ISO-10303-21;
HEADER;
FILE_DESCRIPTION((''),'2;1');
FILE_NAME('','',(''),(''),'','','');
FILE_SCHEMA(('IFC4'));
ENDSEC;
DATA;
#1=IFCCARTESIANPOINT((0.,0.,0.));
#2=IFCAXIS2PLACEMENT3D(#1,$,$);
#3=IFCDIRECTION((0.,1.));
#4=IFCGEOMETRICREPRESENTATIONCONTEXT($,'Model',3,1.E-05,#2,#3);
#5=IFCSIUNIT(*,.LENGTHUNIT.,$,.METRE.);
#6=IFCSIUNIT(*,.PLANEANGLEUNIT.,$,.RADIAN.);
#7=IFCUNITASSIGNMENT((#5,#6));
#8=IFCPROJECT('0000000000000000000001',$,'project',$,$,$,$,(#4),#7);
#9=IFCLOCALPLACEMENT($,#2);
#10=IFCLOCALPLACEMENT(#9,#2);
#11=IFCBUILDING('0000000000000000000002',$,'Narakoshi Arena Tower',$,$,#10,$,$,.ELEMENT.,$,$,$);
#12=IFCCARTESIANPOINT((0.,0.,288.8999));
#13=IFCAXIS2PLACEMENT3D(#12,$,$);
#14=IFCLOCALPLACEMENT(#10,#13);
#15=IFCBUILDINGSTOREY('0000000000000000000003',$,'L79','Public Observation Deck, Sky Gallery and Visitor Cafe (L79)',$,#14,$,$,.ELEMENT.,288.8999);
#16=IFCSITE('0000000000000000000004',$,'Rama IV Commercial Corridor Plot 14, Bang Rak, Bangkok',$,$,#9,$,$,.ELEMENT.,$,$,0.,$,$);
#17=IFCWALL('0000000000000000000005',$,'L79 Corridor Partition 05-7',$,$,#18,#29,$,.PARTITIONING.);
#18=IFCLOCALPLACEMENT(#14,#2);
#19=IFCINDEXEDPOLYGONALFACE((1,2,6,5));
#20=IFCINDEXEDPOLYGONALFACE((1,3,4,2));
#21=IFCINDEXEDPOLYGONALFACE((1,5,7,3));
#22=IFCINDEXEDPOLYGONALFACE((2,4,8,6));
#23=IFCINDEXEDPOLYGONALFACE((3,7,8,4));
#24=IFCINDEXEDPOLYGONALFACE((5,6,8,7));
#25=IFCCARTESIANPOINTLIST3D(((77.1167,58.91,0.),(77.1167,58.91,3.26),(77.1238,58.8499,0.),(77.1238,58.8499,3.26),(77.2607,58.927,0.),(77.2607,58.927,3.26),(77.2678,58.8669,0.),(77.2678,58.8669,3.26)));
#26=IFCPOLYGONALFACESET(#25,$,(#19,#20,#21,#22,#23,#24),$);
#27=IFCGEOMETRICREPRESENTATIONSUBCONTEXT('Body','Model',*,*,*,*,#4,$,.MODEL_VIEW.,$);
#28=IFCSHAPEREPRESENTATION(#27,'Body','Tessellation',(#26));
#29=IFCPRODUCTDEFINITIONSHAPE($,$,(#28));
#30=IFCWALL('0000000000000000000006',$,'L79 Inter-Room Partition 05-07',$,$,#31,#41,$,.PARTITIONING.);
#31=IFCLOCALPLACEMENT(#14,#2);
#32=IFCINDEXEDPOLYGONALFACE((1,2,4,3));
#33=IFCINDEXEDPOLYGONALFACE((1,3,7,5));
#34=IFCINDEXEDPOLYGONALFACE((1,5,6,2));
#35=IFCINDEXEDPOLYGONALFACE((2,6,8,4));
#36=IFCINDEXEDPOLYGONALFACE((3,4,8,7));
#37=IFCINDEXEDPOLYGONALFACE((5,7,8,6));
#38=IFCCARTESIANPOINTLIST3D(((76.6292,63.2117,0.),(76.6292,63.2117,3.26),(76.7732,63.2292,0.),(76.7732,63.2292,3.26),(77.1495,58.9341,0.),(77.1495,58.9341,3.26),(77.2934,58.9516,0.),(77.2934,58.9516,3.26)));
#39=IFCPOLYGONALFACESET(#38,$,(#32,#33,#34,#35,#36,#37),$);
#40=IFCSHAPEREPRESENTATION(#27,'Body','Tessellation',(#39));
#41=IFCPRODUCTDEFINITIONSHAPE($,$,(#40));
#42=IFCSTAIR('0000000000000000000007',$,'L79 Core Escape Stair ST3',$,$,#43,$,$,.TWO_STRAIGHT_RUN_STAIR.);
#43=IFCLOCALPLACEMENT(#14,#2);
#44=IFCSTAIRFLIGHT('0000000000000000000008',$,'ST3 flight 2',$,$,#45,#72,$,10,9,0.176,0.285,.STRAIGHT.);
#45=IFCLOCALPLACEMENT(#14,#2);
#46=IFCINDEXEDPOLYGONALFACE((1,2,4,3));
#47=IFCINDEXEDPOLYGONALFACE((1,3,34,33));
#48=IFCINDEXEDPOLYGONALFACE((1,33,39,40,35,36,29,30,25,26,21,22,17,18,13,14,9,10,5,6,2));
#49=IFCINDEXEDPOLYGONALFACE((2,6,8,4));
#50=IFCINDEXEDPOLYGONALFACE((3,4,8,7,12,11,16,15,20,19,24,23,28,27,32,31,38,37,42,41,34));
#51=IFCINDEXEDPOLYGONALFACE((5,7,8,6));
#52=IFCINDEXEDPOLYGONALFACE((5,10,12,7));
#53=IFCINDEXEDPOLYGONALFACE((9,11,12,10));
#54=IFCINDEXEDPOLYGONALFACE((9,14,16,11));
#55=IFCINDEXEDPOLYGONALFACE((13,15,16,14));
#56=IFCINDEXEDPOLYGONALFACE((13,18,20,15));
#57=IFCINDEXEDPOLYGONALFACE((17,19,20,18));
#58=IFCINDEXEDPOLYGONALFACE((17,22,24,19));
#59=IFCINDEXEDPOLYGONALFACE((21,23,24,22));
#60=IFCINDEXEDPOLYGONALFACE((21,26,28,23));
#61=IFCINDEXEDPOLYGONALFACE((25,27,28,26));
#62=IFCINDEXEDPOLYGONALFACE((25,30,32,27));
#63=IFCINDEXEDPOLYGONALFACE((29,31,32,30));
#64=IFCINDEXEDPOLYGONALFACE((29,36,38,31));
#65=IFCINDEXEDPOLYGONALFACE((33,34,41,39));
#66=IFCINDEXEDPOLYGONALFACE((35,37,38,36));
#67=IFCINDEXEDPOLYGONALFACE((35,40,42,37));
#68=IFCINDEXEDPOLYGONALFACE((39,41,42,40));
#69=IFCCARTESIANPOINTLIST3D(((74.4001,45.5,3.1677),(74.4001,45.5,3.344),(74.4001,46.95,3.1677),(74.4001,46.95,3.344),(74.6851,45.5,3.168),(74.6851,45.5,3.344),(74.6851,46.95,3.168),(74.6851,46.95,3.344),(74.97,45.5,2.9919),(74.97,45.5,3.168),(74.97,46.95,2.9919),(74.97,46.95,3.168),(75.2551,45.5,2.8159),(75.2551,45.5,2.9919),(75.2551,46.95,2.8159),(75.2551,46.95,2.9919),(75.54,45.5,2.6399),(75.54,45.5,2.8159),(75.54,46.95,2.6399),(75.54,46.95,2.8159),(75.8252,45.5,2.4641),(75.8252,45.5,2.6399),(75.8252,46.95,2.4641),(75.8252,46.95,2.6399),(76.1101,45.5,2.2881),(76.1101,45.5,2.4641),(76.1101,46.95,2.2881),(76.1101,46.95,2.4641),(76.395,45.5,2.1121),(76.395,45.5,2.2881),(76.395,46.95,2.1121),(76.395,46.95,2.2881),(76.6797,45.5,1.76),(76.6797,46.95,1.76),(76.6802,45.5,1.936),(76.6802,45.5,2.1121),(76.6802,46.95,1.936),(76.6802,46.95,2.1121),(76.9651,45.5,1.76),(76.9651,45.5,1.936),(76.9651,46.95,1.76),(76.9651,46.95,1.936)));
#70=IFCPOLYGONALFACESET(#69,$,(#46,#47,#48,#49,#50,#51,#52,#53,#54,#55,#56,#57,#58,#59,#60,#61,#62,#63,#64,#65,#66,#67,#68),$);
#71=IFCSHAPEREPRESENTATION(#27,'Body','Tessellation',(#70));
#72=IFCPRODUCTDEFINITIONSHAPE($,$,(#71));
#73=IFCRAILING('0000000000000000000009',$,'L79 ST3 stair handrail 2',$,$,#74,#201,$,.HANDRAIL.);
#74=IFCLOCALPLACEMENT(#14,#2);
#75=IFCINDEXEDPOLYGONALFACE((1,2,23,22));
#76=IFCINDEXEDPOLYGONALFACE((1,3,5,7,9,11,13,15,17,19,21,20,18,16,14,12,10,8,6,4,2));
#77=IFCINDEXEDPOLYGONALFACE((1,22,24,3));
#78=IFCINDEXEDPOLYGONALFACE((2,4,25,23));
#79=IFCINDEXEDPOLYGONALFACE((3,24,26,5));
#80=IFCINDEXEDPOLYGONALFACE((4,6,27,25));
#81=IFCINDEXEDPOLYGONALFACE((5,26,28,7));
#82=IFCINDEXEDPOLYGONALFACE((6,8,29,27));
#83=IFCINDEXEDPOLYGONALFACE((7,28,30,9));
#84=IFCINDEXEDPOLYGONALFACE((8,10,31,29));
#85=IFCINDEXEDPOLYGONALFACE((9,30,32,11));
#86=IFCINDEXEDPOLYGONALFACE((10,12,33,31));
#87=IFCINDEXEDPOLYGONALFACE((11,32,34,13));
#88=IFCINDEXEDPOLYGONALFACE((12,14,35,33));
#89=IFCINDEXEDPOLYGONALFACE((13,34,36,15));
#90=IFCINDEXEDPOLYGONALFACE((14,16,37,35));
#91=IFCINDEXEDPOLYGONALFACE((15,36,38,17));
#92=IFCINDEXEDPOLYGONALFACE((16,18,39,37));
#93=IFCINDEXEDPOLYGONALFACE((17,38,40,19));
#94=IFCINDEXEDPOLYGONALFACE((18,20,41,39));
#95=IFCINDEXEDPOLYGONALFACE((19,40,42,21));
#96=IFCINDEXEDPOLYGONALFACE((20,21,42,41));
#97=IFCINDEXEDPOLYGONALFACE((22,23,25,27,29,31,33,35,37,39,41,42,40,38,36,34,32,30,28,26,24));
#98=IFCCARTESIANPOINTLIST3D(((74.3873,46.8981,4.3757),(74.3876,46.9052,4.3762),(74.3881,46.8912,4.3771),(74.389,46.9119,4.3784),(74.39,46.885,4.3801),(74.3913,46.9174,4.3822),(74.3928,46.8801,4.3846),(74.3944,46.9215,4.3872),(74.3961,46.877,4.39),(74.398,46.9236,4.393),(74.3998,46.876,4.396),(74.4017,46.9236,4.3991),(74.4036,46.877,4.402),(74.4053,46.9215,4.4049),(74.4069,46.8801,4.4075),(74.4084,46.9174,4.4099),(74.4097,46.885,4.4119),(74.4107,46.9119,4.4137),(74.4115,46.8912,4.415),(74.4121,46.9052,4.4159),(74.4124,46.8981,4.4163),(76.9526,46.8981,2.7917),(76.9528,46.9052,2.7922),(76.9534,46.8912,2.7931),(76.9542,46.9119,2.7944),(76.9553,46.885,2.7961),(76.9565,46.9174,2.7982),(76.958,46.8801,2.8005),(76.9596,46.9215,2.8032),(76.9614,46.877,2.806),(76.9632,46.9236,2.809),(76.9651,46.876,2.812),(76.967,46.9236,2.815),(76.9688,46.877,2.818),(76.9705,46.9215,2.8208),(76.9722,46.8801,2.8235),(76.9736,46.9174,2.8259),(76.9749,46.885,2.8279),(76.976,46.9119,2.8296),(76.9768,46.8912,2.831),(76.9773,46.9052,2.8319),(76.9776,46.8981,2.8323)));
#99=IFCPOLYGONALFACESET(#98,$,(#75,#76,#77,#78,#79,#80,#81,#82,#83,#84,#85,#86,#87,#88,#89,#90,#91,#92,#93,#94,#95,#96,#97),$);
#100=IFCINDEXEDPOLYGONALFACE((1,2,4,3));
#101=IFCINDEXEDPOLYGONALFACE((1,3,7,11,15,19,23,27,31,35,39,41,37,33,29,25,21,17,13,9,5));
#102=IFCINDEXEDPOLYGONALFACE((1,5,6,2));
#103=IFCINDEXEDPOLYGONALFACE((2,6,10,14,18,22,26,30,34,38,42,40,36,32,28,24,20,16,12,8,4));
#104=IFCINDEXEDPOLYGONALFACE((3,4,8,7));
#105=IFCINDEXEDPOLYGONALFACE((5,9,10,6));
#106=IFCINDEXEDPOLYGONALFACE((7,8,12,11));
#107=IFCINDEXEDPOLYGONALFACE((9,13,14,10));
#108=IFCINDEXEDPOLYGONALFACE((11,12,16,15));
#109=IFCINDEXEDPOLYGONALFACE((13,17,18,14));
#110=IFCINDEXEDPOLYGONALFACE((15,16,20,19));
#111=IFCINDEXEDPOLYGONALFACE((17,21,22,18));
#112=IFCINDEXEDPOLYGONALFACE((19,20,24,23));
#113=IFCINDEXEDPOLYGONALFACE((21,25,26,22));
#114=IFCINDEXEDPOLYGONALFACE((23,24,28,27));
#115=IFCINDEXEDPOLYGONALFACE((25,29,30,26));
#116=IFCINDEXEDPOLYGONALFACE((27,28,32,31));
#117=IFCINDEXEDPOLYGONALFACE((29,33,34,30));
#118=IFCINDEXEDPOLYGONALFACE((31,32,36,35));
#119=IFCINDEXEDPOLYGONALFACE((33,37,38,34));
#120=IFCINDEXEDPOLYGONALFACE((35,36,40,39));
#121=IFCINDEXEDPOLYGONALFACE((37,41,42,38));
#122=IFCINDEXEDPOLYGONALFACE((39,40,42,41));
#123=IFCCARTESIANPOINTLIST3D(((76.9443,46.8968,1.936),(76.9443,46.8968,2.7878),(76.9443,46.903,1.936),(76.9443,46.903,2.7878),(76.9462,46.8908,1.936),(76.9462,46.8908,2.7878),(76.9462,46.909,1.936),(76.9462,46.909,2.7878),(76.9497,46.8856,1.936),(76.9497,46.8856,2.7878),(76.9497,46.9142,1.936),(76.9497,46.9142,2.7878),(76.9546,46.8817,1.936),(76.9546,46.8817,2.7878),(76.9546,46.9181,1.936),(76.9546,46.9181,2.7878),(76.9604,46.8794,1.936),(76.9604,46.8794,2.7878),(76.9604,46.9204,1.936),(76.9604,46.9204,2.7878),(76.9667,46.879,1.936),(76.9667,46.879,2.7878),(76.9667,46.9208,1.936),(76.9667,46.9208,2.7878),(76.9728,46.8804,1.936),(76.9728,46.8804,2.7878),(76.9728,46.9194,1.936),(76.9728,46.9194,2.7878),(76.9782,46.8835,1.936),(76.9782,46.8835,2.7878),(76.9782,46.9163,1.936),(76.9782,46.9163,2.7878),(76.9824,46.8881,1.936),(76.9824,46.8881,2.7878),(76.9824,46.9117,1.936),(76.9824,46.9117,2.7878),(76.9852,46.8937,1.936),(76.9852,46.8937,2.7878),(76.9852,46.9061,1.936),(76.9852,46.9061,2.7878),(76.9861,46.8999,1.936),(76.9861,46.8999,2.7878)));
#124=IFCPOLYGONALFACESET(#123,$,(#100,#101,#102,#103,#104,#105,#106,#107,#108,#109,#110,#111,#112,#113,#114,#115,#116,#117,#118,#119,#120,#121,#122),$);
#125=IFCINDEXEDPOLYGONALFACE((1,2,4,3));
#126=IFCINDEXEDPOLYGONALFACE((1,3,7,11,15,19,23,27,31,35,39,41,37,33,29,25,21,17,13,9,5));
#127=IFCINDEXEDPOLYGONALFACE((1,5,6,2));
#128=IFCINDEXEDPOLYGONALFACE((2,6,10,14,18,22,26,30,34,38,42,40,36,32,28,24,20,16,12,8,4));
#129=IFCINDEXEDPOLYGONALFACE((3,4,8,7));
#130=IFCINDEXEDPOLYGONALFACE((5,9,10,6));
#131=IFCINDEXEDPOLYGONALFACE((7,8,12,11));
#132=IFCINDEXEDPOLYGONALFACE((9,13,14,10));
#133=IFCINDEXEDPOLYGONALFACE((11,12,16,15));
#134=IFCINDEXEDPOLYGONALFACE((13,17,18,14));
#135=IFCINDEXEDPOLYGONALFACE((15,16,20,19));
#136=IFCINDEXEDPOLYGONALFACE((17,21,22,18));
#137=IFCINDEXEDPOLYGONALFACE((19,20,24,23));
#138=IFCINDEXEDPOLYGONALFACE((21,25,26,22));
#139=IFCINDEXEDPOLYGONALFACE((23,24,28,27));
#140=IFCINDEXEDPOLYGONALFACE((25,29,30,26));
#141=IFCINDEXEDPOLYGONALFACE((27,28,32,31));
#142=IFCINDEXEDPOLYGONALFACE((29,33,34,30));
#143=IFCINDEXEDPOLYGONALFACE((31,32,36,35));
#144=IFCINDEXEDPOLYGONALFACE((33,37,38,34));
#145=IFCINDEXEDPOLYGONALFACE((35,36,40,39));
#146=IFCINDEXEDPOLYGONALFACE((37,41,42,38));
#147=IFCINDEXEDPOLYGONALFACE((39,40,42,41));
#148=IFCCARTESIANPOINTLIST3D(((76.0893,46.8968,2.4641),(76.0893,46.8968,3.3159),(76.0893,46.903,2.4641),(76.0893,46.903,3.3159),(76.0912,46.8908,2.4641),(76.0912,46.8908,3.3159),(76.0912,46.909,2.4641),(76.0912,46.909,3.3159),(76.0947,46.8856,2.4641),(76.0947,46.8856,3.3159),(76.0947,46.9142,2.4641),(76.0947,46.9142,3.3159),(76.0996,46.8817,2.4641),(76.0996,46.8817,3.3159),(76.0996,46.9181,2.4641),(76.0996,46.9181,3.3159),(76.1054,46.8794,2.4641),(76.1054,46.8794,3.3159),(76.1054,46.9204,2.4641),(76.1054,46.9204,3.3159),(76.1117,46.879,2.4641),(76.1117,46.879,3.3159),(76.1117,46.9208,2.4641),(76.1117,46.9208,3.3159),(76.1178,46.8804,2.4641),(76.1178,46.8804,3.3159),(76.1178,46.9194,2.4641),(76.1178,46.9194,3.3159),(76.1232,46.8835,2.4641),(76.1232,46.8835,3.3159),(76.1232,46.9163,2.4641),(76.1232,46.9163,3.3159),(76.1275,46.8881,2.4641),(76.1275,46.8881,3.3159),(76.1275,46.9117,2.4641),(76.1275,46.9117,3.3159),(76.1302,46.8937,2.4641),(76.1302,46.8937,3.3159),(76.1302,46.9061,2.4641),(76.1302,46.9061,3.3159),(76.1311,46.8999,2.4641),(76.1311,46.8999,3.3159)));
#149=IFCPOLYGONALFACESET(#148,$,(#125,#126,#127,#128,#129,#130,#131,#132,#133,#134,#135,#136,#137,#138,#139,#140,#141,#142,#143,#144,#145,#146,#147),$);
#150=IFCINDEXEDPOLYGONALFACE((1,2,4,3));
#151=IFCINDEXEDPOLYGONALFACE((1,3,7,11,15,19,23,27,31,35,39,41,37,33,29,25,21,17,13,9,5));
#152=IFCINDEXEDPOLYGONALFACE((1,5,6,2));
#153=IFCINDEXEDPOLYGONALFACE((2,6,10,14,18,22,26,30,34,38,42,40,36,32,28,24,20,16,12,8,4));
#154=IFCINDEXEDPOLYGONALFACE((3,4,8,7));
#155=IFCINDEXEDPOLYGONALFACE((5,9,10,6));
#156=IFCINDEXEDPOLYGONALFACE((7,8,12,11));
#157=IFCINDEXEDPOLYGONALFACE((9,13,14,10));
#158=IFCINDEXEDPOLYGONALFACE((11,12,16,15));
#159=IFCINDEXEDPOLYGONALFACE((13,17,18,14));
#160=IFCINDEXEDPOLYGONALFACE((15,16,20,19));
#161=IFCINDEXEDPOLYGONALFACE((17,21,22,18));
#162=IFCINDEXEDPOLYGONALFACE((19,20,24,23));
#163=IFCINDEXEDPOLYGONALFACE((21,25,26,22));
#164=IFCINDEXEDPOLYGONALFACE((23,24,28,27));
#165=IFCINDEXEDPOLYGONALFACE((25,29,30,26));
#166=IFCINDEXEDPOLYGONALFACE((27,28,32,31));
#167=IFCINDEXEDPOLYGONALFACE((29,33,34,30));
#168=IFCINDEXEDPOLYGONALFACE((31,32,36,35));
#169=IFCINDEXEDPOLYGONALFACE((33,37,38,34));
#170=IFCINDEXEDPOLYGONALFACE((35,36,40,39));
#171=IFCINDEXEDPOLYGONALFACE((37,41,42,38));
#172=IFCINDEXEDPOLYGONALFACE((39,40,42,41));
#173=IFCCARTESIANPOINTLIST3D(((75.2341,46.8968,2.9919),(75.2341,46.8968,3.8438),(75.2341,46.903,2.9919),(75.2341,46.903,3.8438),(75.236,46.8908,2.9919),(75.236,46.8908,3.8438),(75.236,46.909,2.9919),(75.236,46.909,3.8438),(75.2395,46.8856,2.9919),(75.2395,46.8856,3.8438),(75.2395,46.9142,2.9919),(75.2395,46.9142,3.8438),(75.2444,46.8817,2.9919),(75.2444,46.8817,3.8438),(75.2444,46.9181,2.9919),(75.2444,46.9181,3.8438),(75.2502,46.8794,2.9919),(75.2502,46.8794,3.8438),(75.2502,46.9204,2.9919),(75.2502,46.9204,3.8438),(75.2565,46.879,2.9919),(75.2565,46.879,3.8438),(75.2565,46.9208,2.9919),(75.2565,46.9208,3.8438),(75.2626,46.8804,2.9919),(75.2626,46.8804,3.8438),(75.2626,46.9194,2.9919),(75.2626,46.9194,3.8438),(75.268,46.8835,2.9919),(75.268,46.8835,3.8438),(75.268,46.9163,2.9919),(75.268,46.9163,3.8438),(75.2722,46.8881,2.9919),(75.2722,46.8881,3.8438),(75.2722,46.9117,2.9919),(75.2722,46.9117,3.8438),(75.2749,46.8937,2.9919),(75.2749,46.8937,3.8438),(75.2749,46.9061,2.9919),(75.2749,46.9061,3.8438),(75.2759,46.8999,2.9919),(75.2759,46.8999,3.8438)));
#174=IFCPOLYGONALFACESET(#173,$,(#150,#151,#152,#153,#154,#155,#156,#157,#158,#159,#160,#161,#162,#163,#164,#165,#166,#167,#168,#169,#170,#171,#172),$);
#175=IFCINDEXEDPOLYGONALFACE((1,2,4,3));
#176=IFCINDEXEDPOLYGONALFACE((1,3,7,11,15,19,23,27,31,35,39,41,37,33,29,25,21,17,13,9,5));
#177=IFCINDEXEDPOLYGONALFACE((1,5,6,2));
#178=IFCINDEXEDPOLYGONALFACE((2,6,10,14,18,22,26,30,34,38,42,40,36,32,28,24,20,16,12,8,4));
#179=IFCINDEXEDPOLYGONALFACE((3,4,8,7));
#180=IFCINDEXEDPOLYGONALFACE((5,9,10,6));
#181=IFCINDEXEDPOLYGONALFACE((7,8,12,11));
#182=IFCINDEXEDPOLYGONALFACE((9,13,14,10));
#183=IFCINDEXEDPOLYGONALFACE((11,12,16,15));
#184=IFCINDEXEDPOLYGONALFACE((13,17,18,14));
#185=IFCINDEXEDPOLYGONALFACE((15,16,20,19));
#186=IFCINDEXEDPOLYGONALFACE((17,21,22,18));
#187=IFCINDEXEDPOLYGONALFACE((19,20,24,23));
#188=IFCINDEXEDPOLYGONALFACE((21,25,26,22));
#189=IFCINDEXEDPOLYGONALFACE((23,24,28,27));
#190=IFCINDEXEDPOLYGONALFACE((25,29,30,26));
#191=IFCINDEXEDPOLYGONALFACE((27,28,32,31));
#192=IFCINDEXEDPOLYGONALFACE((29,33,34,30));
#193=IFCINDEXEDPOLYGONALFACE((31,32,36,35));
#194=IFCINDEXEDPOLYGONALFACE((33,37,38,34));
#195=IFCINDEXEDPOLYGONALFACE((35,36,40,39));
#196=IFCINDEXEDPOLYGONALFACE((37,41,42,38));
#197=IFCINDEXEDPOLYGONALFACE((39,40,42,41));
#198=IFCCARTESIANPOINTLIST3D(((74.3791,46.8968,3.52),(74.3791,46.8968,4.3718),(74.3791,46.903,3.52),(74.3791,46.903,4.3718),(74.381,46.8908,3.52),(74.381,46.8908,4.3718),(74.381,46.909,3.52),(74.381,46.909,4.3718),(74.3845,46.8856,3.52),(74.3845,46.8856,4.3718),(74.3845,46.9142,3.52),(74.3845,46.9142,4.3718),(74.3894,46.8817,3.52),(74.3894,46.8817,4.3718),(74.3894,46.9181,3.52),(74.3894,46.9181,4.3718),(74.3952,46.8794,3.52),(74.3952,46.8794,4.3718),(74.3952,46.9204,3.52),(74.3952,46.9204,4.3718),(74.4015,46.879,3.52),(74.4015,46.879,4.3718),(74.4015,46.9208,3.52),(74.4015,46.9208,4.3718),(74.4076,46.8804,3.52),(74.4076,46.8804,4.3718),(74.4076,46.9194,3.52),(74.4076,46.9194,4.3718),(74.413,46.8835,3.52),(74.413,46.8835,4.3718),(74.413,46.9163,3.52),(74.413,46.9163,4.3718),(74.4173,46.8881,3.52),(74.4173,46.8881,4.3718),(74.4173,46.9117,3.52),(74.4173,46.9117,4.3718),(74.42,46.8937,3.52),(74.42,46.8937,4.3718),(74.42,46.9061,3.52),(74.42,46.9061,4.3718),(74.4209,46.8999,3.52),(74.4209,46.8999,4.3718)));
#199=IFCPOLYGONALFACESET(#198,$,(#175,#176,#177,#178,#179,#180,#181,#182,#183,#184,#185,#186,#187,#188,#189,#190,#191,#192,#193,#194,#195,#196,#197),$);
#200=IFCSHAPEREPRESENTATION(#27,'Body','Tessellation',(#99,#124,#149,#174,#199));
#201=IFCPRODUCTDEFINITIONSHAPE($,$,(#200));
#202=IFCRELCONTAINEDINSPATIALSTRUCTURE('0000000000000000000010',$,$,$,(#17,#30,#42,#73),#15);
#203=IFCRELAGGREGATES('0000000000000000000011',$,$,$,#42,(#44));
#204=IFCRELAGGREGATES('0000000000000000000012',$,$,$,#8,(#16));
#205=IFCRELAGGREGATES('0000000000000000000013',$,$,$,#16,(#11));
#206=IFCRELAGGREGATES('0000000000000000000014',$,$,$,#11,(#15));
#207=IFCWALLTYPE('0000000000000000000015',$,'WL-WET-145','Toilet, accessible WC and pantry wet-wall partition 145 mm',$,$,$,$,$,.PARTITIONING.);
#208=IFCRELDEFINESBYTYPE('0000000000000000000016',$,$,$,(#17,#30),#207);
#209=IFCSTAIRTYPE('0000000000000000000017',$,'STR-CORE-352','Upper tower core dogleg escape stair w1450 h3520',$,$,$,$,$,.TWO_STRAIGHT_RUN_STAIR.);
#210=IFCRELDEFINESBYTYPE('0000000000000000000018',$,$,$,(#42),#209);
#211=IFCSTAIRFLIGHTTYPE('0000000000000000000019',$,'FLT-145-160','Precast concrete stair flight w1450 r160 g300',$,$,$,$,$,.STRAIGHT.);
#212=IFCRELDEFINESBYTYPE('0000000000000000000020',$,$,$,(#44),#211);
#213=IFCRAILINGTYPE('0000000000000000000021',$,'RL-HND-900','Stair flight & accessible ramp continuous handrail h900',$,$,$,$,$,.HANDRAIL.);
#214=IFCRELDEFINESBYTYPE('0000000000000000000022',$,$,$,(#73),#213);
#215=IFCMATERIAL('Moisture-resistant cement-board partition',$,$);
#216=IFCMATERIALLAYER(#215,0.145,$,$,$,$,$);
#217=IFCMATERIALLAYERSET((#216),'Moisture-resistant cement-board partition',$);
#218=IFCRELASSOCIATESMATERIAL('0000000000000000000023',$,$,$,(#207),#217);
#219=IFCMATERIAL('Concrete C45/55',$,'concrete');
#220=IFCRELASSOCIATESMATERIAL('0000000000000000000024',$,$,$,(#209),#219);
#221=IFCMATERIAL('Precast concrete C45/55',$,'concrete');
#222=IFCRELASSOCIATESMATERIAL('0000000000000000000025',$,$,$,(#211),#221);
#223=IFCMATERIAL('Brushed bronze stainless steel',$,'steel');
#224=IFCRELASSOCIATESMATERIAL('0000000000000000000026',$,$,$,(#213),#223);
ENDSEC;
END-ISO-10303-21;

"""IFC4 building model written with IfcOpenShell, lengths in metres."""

from ifc_helpers import new_model, si_unit, direction, frame, frame_2d, origin, origin_2d, place, context, subcontext, project, spatial, polyline, rectangle, circle, outline, extrude, material, layer, layer_set, type_object, element, aggregate, save


model = new_model("IFC4")

# Units and contexts
model_context = context("Model", 3, precision=1e-05, world=origin(), true_north=direction((0.0, 1.0)))
body_context = subcontext(model_context, "Body", "Model", "MODEL_VIEW")
ifc_project = project(units=[si_unit("LENGTHUNIT", "METRE"), si_unit("PLANEANGLEUNIT", "RADIAN")], contexts=[model_context])

# Site, building, storey
site_placement = place(None, origin())
site = spatial("IfcSite", under=ifc_project, at=site_placement, Name="Rama IV Commercial Corridor Plot 14, Bang Rak, Bangkok", CompositionType="ELEMENT", RefElevation=0.0)
building_placement = place(site_placement, origin())
building = spatial("IfcBuilding", under=site, at=building_placement, Name="Narakoshi Arena Tower", CompositionType="ELEMENT")
storey_placement = place(building_placement, frame((0.0, 0.0, 288.8999)))
storey = spatial("IfcBuildingStorey", under=building, at=storey_placement, Name="L79", Description="Public Observation Deck, Sky Gallery and Visitor Cafe (L79)", CompositionType="ELEMENT", Elevation=288.8999)

# Shared definitions
ifc_material_1 = material(Name="Brushed bronze stainless steel", Category="steel")

# Walls
ifc_material_2 = material(Name="Moisture-resistant cement-board partition")
ifc_layer_1 = layer(ifc_material_2, 0.145)
ifc_layer_set_1 = layer_set([ifc_layer_1], Name="Moisture-resistant cement-board partition")
wall_type_1 = type_object("IfcWallType", Name="WL-WET-145", Description="Toilet, accessible WC and pantry wet-wall partition 145 mm", PredefinedType="PARTITIONING", material=ifc_layer_set_1)
wall_1_placement = place(storey_placement, frame((77.1958, 58.8584, 0.0), z_axis=(0.0, 0.0, 1.0), x_axis=(-0.117075, 0.993123, 0.0)))
element("IfcWall", 1, at=wall_1_placement, inside=storey, type_object=wall_type_1, Name="L79 Corridor Partition 05-7", PredefinedType="PARTITIONING", context=body_context, shape_type="SweptSolid", body=[
    extrude(rectangle(XDim=0.0605, YDim=0.145, at=frame_2d((0.0303, 0.0))), origin(), (0.0, 0.0, 1.0), 3.26),
])
wall_2_placement = place(storey_placement, frame((77.2214, 58.9429, 0.0), z_axis=(0.0, 0.0, 1.0), x_axis=(-0.120736, 0.992685, 0.0)))
element("IfcWall", 2, at=wall_2_placement, inside=storey, type_object=wall_type_1, Name="L79 Inter-Room Partition 05-07", PredefinedType="PARTITIONING", context=body_context, shape_type="SweptSolid", body=[
    extrude(rectangle(XDim=4.3091, YDim=0.145, at=frame_2d((2.1545, 0.0))), origin(), (0.0, 0.0, 1.0), 3.26),
])

# Stair, stair flight
ifc_material_3 = material(Name="Concrete C45/55", Category="concrete")
stair_type = type_object("IfcStairType", Name="STR-CORE-352", Description="Upper tower core dogleg escape stair w1450 h3520", PredefinedType="TWO_STRAIGHT_RUN_STAIR", material=ifc_material_3)
stair_placement = place(storey_placement, origin())
stair = element("IfcStair", 3, at=stair_placement, inside=storey, type_object=stair_type, Name="L79 Core Escape Stair ST3", PredefinedType="TWO_STRAIGHT_RUN_STAIR")
ifc_material_4 = material(Name="Precast concrete C45/55", Category="concrete")
stair_flight_type = type_object("IfcStairFlightType", Name="FLT-145-160", Description="Precast concrete stair flight w1450 r160 g300", PredefinedType="STRAIGHT", material=ifc_material_4)
stair_flight_placement = place(storey_placement, frame((76.9651, 46.2251, 1.76), z_axis=(0.0, 0.0, 1.0), x_axis=(-1.0, 0.0, 0.0)))
stair_flight = element("IfcStairFlight", 4, at=stair_flight_placement, type_object=stair_flight_type, Name="ST3 flight 2", NumberOfRisers=10, NumberOfTreads=9, PredefinedType="STRAIGHT", RiserHeight=0.176, TreadLength=0.285, context=body_context, shape_type="SweptSolid", body=[
    extrude(outline(polyline([(0.0, 0.0), (0.0, 0.176), (0.2849, 0.176), (0.2849, 0.3521), (0.5701, 0.3521), (0.5701, 0.5281), (0.855, 0.5281), (0.855, 0.7041), (1.1399, 0.7041), (1.1399, 0.8799), (1.425, 0.8799), (1.425, 1.0559), (1.71, 1.0559), (1.71, 1.2319), (1.9951, 1.2319), (1.9951, 1.408), (2.28, 1.408), (2.28, 1.584), (2.5649, 1.584), (2.5649, 1.76), (2.5649, 1.4077), (0.2854, 0.0), (0.0, 0.0)])), frame((0.0, 0.7251, 0.0), z_axis=(0.0, -1.0, 0.0), x_axis=(1.0, 0.0, 0.0)), (0.0, 0.0, 1.0), 1.45),
])
aggregate(stair, [stair_flight])

# Railing
railing_type = type_object("IfcRailingType", Name="RL-HND-900", Description="Stair flight & accessible ramp continuous handrail h900", PredefinedType="HANDRAIL", material=ifc_material_1)
railing_placement = place(storey_placement, frame((76.9651, 46.8999, 1.936)))
element("IfcRailing", 5, at=railing_placement, inside=storey, type_object=railing_type, Name="L79 ST3 stair handrail 2", PredefinedType="HANDRAIL", context=body_context, shape_type="SweptSolid", body=[
    extrude(circle(Radius=0.0239, at=origin_2d()), frame((0.0, 0.0, 0.876), z_axis=(-0.850857, 0.0, 0.525398), x_axis=(0.0, -1.0, 0.0)), (0.0, 0.0, 1.0), 3.0149),
    extrude(circle(Radius=0.021, at=origin_2d()), origin(), (0.0, 0.0, 1.0), 0.8518),
    extrude(circle(Radius=0.021, at=origin_2d()), frame((-0.855, 0.0, 0.5281)), (0.0, 0.0, 1.0), 0.8518),
    extrude(circle(Radius=0.021, at=origin_2d()), frame((-1.7102, 0.0, 1.0559)), (0.0, 0.0, 1.0), 0.8518),
    extrude(circle(Radius=0.021, at=origin_2d()), frame((-2.5652, 0.0, 1.584)), (0.0, 0.0, 1.0), 0.8518),
])

save(model, "model.ifc")
